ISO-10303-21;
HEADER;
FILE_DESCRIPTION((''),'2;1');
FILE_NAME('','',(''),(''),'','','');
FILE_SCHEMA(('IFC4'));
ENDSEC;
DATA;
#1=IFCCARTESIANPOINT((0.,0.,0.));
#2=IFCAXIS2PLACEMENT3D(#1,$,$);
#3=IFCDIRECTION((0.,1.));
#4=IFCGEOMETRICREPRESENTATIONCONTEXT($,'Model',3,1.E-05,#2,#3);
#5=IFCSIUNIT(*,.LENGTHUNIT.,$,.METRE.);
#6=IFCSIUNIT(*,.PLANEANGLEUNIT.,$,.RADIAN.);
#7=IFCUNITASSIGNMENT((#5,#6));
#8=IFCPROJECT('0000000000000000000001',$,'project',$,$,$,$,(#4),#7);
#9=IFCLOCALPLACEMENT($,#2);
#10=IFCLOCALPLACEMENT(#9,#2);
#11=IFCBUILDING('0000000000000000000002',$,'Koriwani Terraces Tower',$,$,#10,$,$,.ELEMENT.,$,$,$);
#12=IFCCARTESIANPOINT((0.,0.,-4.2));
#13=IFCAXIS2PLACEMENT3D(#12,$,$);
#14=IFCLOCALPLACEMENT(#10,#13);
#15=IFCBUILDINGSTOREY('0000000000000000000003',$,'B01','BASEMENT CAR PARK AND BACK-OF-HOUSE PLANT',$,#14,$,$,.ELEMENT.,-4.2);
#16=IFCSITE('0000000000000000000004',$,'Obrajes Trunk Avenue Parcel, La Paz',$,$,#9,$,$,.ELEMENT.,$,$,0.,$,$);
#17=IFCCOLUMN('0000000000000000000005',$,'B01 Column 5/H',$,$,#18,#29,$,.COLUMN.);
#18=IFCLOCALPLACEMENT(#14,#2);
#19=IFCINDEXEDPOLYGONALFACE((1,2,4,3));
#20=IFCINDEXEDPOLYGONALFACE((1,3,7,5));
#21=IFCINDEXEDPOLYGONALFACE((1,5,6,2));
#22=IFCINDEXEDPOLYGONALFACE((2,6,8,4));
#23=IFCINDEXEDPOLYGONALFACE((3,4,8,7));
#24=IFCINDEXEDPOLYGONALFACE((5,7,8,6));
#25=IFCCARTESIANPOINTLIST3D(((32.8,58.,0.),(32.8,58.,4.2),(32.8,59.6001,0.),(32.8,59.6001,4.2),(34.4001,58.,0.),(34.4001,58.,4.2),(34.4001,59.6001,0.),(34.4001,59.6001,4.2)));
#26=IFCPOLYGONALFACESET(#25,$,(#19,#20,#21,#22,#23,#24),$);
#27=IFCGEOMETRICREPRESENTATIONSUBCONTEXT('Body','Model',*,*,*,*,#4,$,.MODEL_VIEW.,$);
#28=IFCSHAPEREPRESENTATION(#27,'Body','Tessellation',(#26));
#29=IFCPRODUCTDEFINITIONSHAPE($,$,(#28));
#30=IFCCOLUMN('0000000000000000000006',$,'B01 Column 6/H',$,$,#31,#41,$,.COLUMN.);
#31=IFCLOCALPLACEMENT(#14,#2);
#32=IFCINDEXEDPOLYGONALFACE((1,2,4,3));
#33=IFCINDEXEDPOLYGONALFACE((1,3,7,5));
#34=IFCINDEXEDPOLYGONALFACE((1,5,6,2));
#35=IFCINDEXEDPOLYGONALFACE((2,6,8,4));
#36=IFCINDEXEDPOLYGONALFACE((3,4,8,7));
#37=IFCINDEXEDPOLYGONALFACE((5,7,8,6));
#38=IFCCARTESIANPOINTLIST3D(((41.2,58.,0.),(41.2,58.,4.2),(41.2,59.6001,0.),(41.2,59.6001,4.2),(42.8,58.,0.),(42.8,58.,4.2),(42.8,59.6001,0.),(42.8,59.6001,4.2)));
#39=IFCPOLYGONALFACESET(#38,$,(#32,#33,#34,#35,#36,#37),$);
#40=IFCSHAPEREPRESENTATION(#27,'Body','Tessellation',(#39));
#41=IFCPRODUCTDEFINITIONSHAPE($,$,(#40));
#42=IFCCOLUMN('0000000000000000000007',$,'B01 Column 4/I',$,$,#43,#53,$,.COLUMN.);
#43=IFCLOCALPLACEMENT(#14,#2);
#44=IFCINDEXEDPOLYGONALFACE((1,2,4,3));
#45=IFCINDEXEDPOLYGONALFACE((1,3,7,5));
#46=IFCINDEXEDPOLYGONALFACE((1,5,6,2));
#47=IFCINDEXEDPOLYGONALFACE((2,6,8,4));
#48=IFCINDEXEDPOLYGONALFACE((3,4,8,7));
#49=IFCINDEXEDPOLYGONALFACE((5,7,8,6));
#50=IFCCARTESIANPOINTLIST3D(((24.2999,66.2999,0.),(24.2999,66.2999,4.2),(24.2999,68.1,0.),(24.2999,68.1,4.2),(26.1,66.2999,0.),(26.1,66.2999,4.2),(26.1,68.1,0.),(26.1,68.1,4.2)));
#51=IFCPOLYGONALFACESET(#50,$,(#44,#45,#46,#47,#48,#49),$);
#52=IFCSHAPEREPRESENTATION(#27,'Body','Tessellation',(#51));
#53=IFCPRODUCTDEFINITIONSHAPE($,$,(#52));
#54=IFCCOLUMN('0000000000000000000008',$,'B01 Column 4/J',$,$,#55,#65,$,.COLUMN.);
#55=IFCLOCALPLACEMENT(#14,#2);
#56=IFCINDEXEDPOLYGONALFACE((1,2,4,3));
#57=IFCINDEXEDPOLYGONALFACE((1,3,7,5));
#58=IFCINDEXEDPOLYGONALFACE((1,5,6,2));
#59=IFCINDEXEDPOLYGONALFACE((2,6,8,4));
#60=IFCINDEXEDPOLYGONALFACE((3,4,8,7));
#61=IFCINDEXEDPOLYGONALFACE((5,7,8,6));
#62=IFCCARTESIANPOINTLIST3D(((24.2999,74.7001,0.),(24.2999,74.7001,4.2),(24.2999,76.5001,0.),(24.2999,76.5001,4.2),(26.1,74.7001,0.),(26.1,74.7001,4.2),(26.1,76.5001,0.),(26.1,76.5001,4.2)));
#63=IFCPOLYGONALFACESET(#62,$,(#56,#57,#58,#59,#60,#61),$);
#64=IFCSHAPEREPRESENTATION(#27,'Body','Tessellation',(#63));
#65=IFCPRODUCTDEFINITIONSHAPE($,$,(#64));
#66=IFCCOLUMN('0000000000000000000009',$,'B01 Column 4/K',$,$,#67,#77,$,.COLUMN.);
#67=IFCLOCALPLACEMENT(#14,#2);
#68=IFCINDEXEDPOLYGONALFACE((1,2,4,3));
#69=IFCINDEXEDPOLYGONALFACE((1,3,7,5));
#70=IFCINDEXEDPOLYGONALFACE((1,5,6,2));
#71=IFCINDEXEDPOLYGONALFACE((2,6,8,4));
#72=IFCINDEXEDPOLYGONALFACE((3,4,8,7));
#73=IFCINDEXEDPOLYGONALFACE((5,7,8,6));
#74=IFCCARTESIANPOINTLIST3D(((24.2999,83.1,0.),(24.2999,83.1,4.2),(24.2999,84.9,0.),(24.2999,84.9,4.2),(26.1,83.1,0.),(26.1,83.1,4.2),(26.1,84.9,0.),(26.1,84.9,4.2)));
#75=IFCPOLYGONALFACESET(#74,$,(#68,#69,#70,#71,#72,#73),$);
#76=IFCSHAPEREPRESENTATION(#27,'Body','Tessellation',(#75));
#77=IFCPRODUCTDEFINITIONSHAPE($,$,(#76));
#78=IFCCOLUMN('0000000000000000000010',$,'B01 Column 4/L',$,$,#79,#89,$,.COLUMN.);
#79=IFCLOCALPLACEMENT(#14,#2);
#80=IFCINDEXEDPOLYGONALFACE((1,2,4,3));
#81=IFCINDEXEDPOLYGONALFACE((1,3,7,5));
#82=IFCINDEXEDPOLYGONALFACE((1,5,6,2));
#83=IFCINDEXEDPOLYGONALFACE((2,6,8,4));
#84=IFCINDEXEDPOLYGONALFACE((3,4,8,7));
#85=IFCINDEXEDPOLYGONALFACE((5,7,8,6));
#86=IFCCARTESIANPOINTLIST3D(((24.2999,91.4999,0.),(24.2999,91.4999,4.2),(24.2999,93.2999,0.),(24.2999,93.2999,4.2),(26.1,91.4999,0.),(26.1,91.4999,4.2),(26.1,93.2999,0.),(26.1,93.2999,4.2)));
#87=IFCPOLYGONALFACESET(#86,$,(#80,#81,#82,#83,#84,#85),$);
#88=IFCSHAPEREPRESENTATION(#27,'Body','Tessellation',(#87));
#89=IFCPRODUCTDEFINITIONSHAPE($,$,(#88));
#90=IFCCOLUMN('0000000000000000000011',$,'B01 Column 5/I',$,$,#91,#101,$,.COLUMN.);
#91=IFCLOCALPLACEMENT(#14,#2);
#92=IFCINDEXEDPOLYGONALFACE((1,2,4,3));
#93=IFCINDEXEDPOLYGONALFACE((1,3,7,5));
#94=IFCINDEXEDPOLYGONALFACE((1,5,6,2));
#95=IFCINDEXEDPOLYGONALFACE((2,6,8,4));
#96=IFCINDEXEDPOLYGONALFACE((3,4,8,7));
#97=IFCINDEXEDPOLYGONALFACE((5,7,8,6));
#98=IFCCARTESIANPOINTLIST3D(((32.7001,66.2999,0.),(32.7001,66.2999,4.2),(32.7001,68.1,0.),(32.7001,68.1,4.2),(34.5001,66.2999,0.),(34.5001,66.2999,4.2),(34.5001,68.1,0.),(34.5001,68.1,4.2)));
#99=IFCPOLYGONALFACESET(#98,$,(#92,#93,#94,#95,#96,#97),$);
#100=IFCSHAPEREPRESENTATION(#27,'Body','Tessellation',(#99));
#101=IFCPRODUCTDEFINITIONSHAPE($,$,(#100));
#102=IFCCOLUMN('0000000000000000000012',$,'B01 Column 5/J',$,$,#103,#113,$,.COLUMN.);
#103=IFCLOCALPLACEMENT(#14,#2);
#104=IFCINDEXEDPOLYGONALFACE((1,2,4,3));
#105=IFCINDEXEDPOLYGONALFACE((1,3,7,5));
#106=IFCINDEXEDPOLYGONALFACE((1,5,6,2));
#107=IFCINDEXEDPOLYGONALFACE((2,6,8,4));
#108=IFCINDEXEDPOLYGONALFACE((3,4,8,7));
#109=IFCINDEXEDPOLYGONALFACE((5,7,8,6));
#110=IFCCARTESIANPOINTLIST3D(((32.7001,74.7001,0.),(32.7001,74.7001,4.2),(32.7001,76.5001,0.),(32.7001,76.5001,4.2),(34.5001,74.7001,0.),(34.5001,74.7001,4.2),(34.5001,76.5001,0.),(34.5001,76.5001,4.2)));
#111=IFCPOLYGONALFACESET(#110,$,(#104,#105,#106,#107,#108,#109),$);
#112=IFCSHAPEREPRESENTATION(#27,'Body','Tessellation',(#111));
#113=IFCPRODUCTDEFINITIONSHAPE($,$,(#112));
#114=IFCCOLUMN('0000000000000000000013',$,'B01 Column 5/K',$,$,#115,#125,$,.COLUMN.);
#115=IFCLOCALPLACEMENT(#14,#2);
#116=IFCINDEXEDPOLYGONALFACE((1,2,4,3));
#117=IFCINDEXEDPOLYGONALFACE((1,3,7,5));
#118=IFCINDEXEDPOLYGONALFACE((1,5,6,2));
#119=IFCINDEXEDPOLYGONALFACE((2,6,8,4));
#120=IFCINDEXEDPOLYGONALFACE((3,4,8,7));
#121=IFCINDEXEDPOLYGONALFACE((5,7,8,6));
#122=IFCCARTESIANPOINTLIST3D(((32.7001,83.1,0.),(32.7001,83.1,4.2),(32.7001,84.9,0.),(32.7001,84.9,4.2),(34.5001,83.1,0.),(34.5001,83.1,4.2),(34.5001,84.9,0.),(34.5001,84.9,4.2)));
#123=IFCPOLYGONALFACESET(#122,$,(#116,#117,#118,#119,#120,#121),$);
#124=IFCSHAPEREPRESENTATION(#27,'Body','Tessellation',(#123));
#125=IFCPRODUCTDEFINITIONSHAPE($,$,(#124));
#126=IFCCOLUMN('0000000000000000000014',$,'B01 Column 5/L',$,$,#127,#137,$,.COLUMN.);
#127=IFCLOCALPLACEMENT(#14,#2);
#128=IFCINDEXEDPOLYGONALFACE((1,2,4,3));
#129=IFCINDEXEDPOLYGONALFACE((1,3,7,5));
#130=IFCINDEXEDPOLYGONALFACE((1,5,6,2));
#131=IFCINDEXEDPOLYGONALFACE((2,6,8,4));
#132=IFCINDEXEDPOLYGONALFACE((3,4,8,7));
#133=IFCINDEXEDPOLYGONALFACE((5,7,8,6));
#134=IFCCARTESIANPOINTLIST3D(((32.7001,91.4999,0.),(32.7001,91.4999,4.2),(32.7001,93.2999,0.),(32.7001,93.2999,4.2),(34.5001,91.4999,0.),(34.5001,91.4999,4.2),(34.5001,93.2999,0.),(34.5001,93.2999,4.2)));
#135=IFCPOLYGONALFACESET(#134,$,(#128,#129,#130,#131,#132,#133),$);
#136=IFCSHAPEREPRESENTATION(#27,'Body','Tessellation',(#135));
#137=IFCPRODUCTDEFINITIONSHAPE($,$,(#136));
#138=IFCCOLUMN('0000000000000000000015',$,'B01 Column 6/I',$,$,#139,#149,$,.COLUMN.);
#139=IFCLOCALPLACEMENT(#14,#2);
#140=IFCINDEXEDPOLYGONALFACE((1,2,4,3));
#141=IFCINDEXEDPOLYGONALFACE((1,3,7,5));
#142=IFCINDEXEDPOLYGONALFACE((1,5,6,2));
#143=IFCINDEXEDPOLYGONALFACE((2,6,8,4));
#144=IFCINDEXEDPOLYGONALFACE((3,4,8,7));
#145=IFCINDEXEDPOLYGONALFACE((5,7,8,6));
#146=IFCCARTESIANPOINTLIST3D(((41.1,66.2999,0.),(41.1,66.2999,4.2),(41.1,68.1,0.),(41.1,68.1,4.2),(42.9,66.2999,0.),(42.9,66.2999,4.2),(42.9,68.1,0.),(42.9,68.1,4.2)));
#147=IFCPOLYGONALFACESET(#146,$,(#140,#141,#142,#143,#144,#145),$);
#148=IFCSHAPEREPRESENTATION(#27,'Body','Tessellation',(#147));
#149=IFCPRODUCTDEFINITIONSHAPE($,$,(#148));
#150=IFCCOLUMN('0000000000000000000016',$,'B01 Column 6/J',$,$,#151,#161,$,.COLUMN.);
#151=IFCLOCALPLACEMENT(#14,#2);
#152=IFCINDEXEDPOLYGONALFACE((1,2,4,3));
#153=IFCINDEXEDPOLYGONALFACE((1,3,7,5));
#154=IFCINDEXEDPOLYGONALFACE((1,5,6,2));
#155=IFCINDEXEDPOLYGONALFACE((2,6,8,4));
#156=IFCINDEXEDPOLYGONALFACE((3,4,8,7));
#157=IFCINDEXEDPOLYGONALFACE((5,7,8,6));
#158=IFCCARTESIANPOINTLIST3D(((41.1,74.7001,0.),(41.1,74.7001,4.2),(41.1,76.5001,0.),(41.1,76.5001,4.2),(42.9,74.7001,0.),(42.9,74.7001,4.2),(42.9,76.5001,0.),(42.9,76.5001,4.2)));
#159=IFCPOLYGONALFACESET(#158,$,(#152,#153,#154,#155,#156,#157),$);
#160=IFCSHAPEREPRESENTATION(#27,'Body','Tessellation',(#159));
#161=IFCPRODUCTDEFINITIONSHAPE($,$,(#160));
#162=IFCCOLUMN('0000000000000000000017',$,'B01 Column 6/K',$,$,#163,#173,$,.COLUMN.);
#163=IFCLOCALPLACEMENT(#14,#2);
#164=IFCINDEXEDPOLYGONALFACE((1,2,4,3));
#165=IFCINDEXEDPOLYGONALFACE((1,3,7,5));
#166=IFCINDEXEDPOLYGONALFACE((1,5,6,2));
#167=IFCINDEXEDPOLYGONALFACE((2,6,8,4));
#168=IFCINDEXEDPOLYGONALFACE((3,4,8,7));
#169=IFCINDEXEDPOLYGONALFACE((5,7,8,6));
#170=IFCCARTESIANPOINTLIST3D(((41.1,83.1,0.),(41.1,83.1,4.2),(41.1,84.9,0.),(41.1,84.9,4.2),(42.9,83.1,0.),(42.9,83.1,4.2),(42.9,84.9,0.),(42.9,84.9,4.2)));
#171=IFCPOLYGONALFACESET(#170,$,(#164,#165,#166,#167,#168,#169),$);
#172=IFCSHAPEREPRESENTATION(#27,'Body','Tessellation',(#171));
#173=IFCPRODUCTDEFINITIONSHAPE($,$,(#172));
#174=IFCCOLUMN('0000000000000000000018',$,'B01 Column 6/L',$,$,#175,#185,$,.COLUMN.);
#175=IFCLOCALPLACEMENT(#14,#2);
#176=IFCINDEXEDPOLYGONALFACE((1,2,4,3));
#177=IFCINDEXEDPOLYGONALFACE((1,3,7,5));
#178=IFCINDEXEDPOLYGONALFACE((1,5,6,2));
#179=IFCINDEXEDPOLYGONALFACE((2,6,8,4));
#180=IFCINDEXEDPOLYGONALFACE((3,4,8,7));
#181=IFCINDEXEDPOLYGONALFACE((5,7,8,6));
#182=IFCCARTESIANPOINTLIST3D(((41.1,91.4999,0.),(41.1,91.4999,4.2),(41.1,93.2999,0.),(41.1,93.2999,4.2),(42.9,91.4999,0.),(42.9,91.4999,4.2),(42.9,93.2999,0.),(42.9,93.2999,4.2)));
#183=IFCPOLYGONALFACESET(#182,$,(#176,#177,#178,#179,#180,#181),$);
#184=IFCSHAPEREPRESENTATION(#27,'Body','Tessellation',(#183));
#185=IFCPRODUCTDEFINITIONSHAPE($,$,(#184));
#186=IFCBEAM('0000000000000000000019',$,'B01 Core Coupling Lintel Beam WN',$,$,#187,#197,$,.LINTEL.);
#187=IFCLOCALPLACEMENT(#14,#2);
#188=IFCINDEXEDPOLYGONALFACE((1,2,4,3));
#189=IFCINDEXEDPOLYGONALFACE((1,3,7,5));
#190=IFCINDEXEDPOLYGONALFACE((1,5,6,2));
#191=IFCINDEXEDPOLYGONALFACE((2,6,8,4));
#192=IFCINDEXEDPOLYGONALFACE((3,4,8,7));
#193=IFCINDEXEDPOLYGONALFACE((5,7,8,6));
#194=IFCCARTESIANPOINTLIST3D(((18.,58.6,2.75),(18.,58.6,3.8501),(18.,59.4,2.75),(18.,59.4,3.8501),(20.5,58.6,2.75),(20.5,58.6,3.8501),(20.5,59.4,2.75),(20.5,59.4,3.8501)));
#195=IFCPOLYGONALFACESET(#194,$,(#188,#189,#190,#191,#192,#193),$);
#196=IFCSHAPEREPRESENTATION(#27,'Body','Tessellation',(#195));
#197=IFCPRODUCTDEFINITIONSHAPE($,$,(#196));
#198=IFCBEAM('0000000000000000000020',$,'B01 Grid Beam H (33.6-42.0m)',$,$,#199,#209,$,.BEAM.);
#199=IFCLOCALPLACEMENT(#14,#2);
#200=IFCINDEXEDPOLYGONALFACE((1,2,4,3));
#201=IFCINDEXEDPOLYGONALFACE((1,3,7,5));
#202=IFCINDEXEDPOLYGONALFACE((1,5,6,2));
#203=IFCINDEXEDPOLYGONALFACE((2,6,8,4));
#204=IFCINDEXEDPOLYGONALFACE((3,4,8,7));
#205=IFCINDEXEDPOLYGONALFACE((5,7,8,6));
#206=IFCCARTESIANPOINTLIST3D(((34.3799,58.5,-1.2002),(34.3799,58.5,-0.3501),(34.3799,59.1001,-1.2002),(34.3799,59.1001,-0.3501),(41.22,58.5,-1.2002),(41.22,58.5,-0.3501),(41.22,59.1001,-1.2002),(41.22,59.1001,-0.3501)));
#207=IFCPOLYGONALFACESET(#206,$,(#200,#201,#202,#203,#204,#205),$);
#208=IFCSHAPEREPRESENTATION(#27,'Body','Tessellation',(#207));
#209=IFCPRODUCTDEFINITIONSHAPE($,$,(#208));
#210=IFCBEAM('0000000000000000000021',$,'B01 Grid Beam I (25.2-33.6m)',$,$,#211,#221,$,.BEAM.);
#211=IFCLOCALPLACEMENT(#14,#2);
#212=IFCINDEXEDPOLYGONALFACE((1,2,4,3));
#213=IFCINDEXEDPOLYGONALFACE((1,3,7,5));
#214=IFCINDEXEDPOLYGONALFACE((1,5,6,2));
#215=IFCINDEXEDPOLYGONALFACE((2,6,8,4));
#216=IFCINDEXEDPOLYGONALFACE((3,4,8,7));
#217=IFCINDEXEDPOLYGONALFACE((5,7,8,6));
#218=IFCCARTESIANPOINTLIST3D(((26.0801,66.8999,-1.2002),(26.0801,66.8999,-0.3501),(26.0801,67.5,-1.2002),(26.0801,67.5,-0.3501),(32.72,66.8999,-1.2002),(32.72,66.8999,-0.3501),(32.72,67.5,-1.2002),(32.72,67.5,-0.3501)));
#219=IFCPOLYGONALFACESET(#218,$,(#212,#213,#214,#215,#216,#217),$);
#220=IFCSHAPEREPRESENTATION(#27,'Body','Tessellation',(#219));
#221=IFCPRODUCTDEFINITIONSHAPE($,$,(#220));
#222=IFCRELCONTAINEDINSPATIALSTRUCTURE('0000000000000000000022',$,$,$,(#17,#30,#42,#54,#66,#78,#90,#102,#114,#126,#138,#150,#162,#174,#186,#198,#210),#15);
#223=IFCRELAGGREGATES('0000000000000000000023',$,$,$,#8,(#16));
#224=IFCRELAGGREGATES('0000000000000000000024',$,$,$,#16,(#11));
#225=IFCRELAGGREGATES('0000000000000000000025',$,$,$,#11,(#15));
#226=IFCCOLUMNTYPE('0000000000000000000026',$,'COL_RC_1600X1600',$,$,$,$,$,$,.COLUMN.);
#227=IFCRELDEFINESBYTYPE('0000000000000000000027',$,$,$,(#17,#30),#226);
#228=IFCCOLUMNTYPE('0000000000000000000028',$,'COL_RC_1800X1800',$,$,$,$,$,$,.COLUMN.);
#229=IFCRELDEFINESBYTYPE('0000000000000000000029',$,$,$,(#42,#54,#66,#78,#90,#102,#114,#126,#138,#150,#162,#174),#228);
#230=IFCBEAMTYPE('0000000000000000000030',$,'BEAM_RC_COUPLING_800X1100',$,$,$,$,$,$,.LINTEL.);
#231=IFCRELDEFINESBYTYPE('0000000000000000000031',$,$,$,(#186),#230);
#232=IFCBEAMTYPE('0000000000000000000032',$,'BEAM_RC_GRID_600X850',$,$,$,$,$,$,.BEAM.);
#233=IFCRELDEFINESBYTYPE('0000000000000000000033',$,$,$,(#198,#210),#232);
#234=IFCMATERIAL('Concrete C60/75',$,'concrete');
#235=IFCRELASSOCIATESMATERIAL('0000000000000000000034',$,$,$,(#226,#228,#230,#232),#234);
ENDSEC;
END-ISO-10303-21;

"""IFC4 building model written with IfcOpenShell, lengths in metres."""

from ifc_helpers import new_model, si_unit, direction, frame, origin, origin_2d, place, context, subcontext, project, spatial, rectangle, extrude, material, material_profile, profile_set, type_object, element, save


model = new_model("IFC4")

# Units and contexts
model_context = context("Model", 3, precision=1e-05, world=origin(), true_north=direction((0.0, 1.0)))
body_context = subcontext(model_context, "Body", "Model", "MODEL_VIEW")
ifc_project = project(units=[si_unit("LENGTHUNIT", "METRE"), si_unit("PLANEANGLEUNIT", "RADIAN")], contexts=[model_context])

# Site, building, storey
site_placement = place(None, origin())
site = spatial("IfcSite", under=ifc_project, at=site_placement, Name="Obrajes Trunk Avenue Parcel, La Paz", CompositionType="ELEMENT", RefElevation=0.0)
building_placement = place(site_placement, origin())
building = spatial("IfcBuilding", under=site, at=building_placement, Name="Koriwani Terraces Tower", CompositionType="ELEMENT")
storey_placement = place(building_placement, frame((0.0, 0.0, -4.2)))
storey = spatial("IfcBuildingStorey", under=building, at=storey_placement, Name="B01", Description="BASEMENT CAR PARK AND BACK-OF-HOUSE PLANT", CompositionType="ELEMENT", Elevation=-4.2)

# Columns
ifc_material_1 = material(Name="Concrete C60/75", Category="concrete")
ifc_material_profile_1 = material_profile(ifc_material_1, rectangle(XDim=1.6001, YDim=1.6001, at=origin_2d()), Name="Concrete C60/75", Category="LoadBearing")
ifc_profile_set_1 = profile_set([ifc_material_profile_1], Name="Concrete C60/75")
column_type_1 = type_object("IfcColumnType", Name="COL_RC_1600X1600", PredefinedType="COLUMN", material=ifc_profile_set_1)
for number, where, z_axis, x_axis, name in (
    (1, (33.6001, 58.8, 0.0), (0.0, 0.0, 1.0), (1.0, 0.0, 0.0), "B01 Column 5/H"),
    (2, (42.0, 58.8, 0.0), (0.0, 0.0, 1.0), (1.0, 0.0, 0.0), "B01 Column 6/H"),
):
    element("IfcColumn", number, at=place(storey_placement, frame(where, z_axis=z_axis, x_axis=x_axis)), inside=storey, type_object=column_type_1, Name=name, PredefinedType="COLUMN", context=body_context, shape_type="SweptSolid", body=[
        extrude(rectangle(XDim=1.6001, YDim=1.6001, at=origin_2d()), origin(), (0.0, 0.0, 1.0), 4.2),
    ])
ifc_material_profile_2 = material_profile(ifc_material_1, rectangle(XDim=1.8, YDim=1.8, at=origin_2d()), Name="Concrete C60/75", Category="LoadBearing")
ifc_profile_set_2 = profile_set([ifc_material_profile_2], Name="Concrete C60/75")
column_type_2 = type_object("IfcColumnType", Name="COL_RC_1800X1800", PredefinedType="COLUMN", material=ifc_profile_set_2)
for number, where, z_axis, x_axis, name in (
    (3, (25.2, 67.2, 0.0), (0.0, 0.0, 1.0), (1.0, 0.0, 0.0), "B01 Column 4/I"),
    (4, (25.2, 75.6001, 0.0), (0.0, 0.0, 1.0), (1.0, 0.0, 0.0), "B01 Column 4/J"),
    (5, (25.2, 84.0, 0.0), (0.0, 0.0, 1.0), (1.0, 0.0, 0.0), "B01 Column 4/K"),
    (6, (25.2, 92.3999, 0.0), (0.0, 0.0, 1.0), (1.0, 0.0, 0.0), "B01 Column 4/L"),
    (7, (33.6001, 67.2, 0.0), (0.0, 0.0, 1.0), (1.0, 0.0, 0.0), "B01 Column 5/I"),
    (8, (33.6001, 75.6001, 0.0), (0.0, 0.0, 1.0), (1.0, 0.0, 0.0), "B01 Column 5/J"),
    (9, (33.6001, 84.0, 0.0), (0.0, 0.0, 1.0), (1.0, 0.0, 0.0), "B01 Column 5/K"),
    (10, (33.6001, 92.3999, 0.0), (0.0, 0.0, 1.0), (1.0, 0.0, 0.0), "B01 Column 5/L"),
    (11, (42.0, 67.2, 0.0), (0.0, 0.0, 1.0), (1.0, 0.0, 0.0), "B01 Column 6/I"),
    (12, (42.0, 75.6001, 0.0), (0.0, 0.0, 1.0), (1.0, 0.0, 0.0), "B01 Column 6/J"),
    (13, (42.0, 84.0, 0.0), (0.0, 0.0, 1.0), (1.0, 0.0, 0.0), "B01 Column 6/K"),
    (14, (42.0, 92.3999, 0.0), (0.0, 0.0, 1.0), (1.0, 0.0, 0.0), "B01 Column 6/L"),
):
    element("IfcColumn", number, at=place(storey_placement, frame(where, z_axis=z_axis, x_axis=x_axis)), inside=storey, type_object=column_type_2, Name=name, PredefinedType="COLUMN", context=body_context, shape_type="SweptSolid", body=[
        extrude(rectangle(XDim=1.8, YDim=1.8, at=origin_2d()), origin(), (0.0, 0.0, 1.0), 4.2),
    ])

# Beams
ifc_material_profile_3 = material_profile(ifc_material_1, rectangle(XDim=0.8, YDim=1.1001, at=origin_2d()), Name="Concrete C60/75", Category="LoadBearing")
ifc_profile_set_3 = profile_set([ifc_material_profile_3], Name="Concrete C60/75")
beam_type_1 = type_object("IfcBeamType", Name="BEAM_RC_COUPLING_800X1100", PredefinedType="LINTEL", material=ifc_profile_set_3)
beam_1_placement = place(storey_placement, frame((18.0, 59.0, 3.3), z_axis=(1.0, 0.0, 0.0), x_axis=(0.0, 1.0, 0.0)))
element("IfcBeam", 15, at=beam_1_placement, inside=storey, type_object=beam_type_1, Name="B01 Core Coupling Lintel Beam WN", PredefinedType="LINTEL", context=body_context, shape_type="SweptSolid", body=[
    extrude(rectangle(XDim=0.8, YDim=1.1001, at=origin_2d()), origin(), (0.0, 0.0, 1.0), 2.5),
])
ifc_material_profile_4 = material_profile(ifc_material_1, rectangle(XDim=0.6001, YDim=0.8501, at=origin_2d()), Name="Concrete C60/75", Category="LoadBearing")
ifc_profile_set_4 = profile_set([ifc_material_profile_4], Name="Concrete C60/75")
beam_type_2 = type_object("IfcBeamType", Name="BEAM_RC_GRID_600X850", PredefinedType="BEAM", material=ifc_profile_set_4)
beam_2_placement = place(storey_placement, frame((34.3799, 58.8, -0.7751), z_axis=(1.0, 0.0, 0.0), x_axis=(0.0, 1.0, 0.0)))
element("IfcBeam", 16, at=beam_2_placement, inside=storey, type_object=beam_type_2, Name="B01 Grid Beam H (33.6-42.0m)", PredefinedType="BEAM", context=body_context, shape_type="SweptSolid", body=[
    extrude(rectangle(XDim=0.6001, YDim=0.8501, at=origin_2d()), origin(), (0.0, 0.0, 1.0), 6.8401),
])
beam_3_placement = place(storey_placement, frame((26.0801, 67.2, -0.7751), z_axis=(1.0, 0.0, 0.0), x_axis=(0.0, 1.0, 0.0)))
element("IfcBeam", 17, at=beam_3_placement, inside=storey, type_object=beam_type_2, Name="B01 Grid Beam I (25.2-33.6m)", PredefinedType="BEAM", context=body_context, shape_type="SweptSolid", body=[
    extrude(rectangle(XDim=0.6001, YDim=0.8501, at=origin_2d()), origin(), (0.0, 0.0, 1.0), 6.6399),
])

save(model, "model.ifc")
